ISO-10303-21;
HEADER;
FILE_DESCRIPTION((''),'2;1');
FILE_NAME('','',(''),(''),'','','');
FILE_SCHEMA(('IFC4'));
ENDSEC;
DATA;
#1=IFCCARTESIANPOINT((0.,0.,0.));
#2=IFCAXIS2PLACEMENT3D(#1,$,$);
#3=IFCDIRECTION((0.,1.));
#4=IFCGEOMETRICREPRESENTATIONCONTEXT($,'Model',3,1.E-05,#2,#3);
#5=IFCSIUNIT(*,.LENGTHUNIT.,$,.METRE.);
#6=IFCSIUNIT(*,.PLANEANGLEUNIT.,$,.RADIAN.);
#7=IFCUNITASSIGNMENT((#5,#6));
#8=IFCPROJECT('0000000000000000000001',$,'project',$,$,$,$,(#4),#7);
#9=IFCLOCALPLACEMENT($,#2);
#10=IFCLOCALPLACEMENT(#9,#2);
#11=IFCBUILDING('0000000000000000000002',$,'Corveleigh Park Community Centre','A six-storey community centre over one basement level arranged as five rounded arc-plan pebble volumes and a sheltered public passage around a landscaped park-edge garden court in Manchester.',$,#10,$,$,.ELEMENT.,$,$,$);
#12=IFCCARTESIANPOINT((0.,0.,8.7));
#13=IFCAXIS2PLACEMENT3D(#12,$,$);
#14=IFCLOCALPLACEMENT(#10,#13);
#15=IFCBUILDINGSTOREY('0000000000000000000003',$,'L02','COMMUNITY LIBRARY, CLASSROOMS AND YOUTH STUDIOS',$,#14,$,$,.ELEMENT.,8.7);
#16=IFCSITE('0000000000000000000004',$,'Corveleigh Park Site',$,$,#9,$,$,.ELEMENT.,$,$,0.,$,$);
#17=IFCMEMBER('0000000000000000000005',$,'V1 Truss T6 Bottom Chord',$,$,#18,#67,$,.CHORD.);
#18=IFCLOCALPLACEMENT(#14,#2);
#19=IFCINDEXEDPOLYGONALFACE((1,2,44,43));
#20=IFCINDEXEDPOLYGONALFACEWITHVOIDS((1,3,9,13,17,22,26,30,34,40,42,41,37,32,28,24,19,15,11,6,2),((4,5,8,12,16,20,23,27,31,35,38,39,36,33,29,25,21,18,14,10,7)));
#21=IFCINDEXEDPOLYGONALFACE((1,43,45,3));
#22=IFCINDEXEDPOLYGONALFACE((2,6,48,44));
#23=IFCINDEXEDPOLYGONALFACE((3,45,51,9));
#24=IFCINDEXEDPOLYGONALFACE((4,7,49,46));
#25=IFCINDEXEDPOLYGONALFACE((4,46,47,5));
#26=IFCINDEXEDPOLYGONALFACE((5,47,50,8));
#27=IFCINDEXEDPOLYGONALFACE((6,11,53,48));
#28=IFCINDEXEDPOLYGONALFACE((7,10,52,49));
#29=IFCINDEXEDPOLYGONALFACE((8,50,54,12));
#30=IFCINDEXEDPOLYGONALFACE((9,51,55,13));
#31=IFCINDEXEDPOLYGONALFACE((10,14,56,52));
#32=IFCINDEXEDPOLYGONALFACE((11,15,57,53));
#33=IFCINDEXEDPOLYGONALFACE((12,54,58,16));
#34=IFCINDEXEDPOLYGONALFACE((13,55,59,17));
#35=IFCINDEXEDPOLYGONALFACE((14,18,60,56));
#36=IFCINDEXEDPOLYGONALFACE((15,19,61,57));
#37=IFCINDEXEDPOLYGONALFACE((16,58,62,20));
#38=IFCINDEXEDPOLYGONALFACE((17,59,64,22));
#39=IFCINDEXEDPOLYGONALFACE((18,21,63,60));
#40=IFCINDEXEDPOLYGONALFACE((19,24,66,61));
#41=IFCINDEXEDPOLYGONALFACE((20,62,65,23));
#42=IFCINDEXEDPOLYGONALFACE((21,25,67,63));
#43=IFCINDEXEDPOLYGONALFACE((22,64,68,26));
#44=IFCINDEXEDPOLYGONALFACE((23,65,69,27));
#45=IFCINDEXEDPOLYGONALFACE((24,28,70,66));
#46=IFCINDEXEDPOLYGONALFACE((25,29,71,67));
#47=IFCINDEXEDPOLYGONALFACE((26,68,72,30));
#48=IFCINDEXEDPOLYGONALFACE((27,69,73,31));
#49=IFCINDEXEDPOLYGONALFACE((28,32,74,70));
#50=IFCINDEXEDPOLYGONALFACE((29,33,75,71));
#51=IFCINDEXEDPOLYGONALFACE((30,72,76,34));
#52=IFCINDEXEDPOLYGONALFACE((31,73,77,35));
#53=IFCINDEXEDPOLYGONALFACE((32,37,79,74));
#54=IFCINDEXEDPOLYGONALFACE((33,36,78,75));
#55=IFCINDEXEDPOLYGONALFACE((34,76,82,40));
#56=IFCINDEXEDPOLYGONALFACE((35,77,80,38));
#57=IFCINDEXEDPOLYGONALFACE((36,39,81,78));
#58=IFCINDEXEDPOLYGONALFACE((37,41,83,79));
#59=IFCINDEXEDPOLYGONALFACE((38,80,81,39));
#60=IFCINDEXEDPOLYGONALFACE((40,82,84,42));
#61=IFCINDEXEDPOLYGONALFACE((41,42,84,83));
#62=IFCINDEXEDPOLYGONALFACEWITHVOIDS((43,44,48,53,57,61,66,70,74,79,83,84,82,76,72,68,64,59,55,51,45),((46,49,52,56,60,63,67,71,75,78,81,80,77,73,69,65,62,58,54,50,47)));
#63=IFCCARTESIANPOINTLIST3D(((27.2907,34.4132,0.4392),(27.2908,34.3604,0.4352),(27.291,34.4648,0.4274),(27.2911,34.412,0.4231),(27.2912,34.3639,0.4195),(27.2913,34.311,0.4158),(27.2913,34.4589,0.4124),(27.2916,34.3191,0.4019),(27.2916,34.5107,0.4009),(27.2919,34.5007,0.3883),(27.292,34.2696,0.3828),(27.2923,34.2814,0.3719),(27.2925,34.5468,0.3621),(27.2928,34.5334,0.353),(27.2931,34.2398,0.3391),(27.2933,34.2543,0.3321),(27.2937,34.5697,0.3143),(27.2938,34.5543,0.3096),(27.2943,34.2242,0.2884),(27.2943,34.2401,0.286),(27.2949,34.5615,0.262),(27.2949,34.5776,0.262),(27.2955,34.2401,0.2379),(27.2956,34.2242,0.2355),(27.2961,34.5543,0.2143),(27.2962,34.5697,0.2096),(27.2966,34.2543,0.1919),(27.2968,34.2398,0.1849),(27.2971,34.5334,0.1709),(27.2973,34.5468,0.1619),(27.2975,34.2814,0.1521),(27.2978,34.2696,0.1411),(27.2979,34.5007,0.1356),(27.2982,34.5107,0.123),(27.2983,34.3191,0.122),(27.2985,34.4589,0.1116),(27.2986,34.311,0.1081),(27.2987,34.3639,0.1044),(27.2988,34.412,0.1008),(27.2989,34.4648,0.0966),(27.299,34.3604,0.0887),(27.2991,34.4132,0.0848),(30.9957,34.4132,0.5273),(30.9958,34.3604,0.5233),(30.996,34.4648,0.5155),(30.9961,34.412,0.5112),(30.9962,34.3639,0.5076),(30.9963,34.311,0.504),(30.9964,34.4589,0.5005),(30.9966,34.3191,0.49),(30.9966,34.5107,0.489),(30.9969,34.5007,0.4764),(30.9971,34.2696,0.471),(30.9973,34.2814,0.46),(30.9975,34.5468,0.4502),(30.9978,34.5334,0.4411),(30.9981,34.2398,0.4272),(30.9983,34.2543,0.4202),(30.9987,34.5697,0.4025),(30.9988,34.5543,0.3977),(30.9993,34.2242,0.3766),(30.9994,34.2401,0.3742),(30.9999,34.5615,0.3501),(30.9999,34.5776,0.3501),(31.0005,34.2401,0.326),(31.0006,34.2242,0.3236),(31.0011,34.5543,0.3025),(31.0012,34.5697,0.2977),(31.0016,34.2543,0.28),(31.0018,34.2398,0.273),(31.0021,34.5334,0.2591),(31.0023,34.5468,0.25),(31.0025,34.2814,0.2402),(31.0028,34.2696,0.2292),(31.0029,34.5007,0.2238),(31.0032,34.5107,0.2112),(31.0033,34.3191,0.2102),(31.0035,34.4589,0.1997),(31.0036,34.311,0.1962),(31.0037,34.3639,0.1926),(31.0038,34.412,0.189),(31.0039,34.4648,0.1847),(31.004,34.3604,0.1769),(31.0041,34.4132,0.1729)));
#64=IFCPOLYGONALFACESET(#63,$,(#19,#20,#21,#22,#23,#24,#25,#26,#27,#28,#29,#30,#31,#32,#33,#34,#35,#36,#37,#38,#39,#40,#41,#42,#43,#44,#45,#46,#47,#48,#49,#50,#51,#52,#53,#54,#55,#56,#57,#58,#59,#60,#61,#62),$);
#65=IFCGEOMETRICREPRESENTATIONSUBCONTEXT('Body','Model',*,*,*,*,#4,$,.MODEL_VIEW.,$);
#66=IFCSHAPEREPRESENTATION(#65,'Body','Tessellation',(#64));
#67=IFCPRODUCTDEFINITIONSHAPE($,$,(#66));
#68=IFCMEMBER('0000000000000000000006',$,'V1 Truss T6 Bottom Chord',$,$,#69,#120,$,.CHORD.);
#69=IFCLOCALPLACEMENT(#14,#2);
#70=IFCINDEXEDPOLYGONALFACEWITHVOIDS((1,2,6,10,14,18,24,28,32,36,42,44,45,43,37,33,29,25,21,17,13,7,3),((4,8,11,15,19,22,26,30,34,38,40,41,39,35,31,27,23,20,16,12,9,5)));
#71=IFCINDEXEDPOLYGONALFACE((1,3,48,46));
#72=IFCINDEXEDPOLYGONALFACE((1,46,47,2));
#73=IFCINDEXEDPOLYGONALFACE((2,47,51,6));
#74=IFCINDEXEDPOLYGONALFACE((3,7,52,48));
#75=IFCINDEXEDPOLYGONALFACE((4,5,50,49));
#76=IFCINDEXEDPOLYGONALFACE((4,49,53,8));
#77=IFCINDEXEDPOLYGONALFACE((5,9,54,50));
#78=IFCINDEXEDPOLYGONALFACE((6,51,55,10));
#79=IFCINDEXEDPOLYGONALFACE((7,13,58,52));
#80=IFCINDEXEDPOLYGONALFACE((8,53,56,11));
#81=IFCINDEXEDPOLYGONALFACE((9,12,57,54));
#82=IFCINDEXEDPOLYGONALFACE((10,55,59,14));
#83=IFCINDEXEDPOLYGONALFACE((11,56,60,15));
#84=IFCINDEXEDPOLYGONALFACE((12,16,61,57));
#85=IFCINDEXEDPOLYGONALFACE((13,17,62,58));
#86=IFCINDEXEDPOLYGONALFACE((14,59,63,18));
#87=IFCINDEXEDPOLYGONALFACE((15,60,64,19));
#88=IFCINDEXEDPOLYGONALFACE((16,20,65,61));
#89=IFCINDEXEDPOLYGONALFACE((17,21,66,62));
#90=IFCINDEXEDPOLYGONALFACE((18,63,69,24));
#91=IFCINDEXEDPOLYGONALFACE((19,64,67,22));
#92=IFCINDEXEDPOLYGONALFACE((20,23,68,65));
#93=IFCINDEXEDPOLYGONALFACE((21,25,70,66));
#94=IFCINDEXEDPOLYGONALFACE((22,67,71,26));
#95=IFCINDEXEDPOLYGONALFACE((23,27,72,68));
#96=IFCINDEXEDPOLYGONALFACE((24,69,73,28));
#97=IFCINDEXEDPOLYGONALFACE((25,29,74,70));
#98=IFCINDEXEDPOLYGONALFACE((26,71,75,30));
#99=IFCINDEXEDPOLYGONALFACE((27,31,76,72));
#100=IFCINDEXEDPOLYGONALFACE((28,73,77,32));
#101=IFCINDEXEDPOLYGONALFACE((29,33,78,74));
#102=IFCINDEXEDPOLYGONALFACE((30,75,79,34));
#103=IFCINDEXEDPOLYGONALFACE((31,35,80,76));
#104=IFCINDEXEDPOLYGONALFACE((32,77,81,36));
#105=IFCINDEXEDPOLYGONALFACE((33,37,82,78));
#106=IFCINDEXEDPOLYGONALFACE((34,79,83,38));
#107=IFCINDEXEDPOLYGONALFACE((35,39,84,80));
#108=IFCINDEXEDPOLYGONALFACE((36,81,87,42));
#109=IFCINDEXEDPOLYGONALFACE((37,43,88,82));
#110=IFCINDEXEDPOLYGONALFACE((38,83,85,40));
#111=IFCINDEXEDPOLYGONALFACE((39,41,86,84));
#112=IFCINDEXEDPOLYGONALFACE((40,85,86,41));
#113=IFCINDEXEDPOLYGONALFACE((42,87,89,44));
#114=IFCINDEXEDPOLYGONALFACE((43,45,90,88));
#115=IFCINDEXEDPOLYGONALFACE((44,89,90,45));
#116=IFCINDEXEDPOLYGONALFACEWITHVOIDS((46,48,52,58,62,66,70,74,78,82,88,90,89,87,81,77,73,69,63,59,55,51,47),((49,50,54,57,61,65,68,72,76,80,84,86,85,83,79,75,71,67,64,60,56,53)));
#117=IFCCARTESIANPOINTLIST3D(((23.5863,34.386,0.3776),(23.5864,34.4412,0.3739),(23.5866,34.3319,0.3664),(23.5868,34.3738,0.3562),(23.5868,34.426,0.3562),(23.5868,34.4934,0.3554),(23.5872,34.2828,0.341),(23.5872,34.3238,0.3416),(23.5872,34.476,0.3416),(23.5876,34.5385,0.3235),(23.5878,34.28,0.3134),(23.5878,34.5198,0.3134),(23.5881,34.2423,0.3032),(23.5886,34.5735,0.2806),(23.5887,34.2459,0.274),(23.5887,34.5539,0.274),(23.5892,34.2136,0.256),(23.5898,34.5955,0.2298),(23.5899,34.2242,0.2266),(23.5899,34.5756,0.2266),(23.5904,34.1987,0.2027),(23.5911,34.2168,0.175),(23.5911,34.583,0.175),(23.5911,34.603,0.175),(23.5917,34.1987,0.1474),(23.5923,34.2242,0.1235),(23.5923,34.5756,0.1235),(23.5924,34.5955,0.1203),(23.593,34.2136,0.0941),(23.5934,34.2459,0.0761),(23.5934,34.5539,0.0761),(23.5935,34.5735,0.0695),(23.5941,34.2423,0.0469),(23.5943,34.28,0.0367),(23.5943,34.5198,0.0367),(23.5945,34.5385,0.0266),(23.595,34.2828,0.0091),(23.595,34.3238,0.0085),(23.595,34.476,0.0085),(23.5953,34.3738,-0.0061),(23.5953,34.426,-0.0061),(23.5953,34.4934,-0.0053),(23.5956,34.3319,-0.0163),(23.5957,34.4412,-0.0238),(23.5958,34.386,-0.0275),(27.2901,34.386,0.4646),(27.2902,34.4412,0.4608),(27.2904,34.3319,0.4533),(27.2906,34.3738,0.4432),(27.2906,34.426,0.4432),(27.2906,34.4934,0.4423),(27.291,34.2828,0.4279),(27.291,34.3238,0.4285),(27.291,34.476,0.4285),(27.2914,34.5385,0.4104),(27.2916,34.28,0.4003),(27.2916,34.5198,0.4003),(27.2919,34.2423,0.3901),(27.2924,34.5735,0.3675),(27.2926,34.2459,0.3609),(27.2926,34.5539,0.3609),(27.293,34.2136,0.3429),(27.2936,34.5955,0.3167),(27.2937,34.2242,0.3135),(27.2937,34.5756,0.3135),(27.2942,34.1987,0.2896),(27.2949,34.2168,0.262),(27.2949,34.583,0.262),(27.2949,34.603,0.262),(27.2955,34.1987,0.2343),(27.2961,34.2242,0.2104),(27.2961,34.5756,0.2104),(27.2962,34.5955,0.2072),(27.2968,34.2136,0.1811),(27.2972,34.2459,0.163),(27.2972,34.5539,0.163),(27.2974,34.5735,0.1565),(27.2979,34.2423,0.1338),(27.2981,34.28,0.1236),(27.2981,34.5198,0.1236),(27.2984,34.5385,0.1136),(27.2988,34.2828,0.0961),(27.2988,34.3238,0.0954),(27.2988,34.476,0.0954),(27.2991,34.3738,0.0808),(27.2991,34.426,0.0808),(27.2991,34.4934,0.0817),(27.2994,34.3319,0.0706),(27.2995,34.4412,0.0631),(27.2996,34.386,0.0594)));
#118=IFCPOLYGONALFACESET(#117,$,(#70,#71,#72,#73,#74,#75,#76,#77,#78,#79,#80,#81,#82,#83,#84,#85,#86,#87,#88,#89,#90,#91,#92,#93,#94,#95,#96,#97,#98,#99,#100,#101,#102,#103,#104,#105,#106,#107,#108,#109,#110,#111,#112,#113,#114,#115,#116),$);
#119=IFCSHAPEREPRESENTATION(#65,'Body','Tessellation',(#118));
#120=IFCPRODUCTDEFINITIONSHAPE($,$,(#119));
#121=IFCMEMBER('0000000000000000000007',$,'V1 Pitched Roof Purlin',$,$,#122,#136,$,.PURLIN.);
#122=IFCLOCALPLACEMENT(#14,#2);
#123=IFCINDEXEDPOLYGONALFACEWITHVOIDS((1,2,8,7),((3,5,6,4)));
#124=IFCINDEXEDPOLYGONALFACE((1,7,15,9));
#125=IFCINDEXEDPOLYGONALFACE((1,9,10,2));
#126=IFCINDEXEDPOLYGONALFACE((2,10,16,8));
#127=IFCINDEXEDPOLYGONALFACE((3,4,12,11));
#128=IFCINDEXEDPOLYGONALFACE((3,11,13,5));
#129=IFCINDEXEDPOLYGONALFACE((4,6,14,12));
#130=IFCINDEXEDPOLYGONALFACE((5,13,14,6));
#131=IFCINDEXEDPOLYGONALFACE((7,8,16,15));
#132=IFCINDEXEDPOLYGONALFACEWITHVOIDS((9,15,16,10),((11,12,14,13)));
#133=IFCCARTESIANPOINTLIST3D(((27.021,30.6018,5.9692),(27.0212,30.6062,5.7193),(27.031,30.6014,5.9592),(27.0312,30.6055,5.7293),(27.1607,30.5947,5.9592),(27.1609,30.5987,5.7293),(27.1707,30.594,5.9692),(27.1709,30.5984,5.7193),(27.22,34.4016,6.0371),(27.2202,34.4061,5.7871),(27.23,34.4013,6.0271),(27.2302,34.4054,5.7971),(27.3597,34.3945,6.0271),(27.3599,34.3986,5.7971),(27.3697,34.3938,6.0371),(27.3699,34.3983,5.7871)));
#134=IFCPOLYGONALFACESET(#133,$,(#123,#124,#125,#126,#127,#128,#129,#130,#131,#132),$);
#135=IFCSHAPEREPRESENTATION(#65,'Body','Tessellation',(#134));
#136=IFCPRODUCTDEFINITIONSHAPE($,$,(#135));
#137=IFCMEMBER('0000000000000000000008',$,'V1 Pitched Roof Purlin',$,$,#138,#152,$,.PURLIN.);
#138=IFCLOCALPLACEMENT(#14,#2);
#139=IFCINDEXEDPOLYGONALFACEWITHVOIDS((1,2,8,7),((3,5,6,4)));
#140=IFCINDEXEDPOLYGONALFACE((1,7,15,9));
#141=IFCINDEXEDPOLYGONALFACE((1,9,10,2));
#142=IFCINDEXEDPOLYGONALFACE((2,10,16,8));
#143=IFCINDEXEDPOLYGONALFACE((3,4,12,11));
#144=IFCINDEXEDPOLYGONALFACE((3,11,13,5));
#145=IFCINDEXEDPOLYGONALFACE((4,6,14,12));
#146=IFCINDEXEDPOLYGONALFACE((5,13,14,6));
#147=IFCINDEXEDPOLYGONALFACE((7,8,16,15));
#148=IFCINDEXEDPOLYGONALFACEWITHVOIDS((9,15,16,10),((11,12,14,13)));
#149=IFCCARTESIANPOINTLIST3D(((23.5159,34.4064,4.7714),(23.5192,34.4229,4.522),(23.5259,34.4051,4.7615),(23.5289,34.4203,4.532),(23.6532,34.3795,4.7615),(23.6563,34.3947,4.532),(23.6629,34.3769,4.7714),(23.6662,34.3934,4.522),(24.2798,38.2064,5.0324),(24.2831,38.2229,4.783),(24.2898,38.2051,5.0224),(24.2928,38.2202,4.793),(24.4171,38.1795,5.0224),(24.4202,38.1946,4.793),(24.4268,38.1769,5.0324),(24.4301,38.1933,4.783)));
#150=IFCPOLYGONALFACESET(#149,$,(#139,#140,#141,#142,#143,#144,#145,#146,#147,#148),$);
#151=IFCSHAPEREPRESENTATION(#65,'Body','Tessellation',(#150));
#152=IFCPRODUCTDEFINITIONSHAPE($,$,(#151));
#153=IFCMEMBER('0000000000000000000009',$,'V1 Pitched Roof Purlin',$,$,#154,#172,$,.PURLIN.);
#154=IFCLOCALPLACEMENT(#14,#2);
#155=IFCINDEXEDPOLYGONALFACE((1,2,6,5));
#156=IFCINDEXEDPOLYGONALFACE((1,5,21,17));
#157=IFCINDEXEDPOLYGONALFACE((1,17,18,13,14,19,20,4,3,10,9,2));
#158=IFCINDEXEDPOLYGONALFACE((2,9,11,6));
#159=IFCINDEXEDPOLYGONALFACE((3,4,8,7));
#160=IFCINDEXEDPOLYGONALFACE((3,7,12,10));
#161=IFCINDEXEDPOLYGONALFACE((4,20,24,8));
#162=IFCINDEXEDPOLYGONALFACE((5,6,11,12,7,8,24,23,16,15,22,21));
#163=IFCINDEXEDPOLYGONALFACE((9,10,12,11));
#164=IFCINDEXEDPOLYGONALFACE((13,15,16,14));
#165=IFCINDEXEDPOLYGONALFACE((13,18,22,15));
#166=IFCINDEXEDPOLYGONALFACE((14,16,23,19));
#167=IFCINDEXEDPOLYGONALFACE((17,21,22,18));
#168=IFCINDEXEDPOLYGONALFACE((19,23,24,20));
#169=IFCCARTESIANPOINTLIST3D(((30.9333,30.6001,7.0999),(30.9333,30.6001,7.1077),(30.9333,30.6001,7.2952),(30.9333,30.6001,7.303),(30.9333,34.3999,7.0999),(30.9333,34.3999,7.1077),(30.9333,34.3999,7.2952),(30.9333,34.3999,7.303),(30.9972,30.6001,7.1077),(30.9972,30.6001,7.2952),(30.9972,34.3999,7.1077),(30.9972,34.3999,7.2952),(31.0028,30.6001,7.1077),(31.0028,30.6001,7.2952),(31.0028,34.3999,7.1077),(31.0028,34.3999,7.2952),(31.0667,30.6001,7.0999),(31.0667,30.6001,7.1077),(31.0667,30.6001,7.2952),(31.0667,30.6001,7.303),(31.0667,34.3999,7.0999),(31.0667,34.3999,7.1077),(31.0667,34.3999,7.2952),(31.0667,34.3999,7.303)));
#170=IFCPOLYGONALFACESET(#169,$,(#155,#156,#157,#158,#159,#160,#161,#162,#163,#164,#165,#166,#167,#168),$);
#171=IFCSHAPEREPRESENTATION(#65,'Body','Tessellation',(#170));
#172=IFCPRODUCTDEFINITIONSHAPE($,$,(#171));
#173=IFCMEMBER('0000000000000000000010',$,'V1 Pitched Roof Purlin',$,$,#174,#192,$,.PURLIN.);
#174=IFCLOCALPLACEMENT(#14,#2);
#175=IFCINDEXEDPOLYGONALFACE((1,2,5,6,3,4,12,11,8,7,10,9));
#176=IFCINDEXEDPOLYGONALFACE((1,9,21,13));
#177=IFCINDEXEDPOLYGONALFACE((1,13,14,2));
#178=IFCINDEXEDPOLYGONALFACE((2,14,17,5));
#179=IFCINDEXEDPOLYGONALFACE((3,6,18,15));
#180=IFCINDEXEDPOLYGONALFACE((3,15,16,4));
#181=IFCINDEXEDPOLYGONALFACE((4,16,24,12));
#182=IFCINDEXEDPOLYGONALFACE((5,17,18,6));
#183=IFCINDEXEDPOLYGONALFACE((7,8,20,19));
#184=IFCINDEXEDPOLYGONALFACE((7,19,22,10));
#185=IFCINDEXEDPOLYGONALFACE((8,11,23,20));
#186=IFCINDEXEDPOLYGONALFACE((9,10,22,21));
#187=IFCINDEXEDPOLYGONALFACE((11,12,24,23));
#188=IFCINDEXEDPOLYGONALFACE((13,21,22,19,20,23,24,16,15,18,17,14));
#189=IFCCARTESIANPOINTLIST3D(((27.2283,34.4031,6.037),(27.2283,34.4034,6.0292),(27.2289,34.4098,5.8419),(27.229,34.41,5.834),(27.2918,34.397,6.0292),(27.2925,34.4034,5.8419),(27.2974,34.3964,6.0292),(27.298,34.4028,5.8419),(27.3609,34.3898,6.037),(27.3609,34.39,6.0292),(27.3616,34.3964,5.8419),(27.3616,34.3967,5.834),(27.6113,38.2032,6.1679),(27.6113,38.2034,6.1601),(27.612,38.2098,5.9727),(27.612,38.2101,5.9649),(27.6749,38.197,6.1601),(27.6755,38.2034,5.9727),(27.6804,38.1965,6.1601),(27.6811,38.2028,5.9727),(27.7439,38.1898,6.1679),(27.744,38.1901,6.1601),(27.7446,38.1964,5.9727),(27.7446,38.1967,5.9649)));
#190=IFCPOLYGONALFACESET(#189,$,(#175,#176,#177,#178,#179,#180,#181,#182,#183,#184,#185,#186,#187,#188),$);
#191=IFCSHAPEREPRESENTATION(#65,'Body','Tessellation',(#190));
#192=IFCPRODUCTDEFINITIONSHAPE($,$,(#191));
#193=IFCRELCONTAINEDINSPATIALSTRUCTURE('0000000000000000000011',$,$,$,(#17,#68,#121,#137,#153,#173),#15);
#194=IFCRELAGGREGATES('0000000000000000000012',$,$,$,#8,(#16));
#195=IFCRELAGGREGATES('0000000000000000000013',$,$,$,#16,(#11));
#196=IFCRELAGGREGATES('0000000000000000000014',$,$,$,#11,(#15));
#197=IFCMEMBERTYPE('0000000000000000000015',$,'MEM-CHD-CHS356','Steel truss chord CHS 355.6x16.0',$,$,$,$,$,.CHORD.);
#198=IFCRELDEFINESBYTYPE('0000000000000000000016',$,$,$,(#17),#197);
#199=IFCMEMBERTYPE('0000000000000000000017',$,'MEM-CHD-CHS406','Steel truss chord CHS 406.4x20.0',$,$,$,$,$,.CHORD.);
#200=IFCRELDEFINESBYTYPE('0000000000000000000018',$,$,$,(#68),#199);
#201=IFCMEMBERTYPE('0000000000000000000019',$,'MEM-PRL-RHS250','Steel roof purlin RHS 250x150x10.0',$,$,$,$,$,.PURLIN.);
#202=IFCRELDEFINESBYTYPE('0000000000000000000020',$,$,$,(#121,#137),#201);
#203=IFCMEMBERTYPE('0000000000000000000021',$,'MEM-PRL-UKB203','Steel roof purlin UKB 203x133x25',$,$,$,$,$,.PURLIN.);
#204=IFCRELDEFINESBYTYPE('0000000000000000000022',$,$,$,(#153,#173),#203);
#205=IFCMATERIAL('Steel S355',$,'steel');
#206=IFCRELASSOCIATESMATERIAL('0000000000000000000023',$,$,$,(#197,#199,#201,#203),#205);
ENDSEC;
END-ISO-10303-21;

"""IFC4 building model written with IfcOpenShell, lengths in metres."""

from ifc_helpers import new_model, si_unit, direction, frame, origin, origin_2d, place, context, subcontext, project, spatial, hollow_rectangle, hollow_circle, i_section, extrude, material, material_profile, profile_set, type_object, element, save


model = new_model("IFC4")

# Units and contexts
model_context = context("Model", 3, precision=1e-05, world=origin(), true_north=direction((0.0, 1.0)))
body_context = subcontext(model_context, "Body", "Model", "MODEL_VIEW")
ifc_project = project(units=[si_unit("LENGTHUNIT", "METRE"), si_unit("PLANEANGLEUNIT", "RADIAN")], contexts=[model_context])

# Site, building, storey
site_placement = place(None, origin())
site = spatial("IfcSite", under=ifc_project, at=site_placement, Name="Corveleigh Park Site", CompositionType="ELEMENT", RefElevation=0.0)
building_placement = place(site_placement, origin())
building = spatial("IfcBuilding", under=site, at=building_placement, Name="Corveleigh Park Community Centre", Description="A six-storey community centre over one basement level arranged as five rounded arc-plan pebble volumes and a sheltered public passage around a landscaped park-edge garden court in Manchester.", CompositionType="ELEMENT")
storey_placement = place(building_placement, frame((0.0, 0.0, 8.7)))
storey = spatial("IfcBuildingStorey", under=building, at=storey_placement, Name="L02", Description="COMMUNITY LIBRARY, CLASSROOMS AND YOUTH STUDIOS", CompositionType="ELEMENT", Elevation=8.7)

# Shared definitions
ifc_material_1 = material(Name="Steel S355", Category="steel")

# Members
ifc_material_profile_1 = material_profile(ifc_material_1, hollow_circle(Radius=0.1777, WallThickness=0.0161, at=origin_2d()), Name="CHS 355.6x16.0", Category="steel")
ifc_profile_set_1 = profile_set([ifc_material_profile_1], Name="Steel S355")
member_type_1 = type_object("IfcMemberType", Name="MEM-CHD-CHS356", Description="Steel truss chord CHS 355.6x16.0", PredefinedType="CHORD", material=ifc_profile_set_1)
member_1_placement = place(storey_placement, frame((27.2949, 34.3999, 0.262), z_axis=(0.999717, 0.0, 0.023781), x_axis=(0.0, 1.0, 0.0)))
element("IfcMember", 1, at=member_1_placement, inside=storey, type_object=member_type_1, Name="V1 Truss T6 Bottom Chord", PredefinedType="CHORD", context=body_context, shape_type="SweptSolid", body=[
    extrude(hollow_circle(Radius=0.1777, WallThickness=0.0161, at=origin_2d()), origin(), (0.0, 0.0, 1.0), 3.7061),
])
ifc_material_profile_2 = material_profile(ifc_material_1, hollow_circle(Radius=0.2031, WallThickness=0.02, at=origin_2d()), Name="CHS 406.4x20.0", Category="steel")
ifc_profile_set_2 = profile_set([ifc_material_profile_2], Name="Steel S355")
member_type_2 = type_object("IfcMemberType", Name="MEM-CHD-CHS406", Description="Steel truss chord CHS 406.4x20.0", PredefinedType="CHORD", material=ifc_profile_set_2)
member_2_placement = place(storey_placement, frame((23.5911, 34.3999, 0.175), z_axis=(0.999725, 0.0, 0.023459), x_axis=(0.0, 1.0, 0.0)))
element("IfcMember", 2, at=member_2_placement, inside=storey, type_object=member_type_2, Name="V1 Truss T6 Bottom Chord", PredefinedType="CHORD", context=body_context, shape_type="SweptSolid", body=[
    extrude(hollow_circle(Radius=0.2031, WallThickness=0.02, at=origin_2d()), origin(), (0.0, 0.0, 1.0), 3.7048),
])
ifc_material_profile_3 = material_profile(ifc_material_1, hollow_rectangle(XDim=0.1499, YDim=0.25, WallThickness=0.01, at=origin_2d()), Name="RHS 250x150x10.0", Category="steel")
ifc_profile_set_3 = profile_set([ifc_material_profile_3], Name="Steel S355")
member_type_3 = type_object("IfcMemberType", Name="MEM-PRL-RHS250", Description="Steel roof purlin RHS 250x150x10.0", PredefinedType="PURLIN", material=ifc_profile_set_3)
member_3_placement = place(storey_placement, frame((27.0959, 30.6001, 5.8442), z_axis=(0.052284, 0.998473, 0.017834), x_axis=(-0.998632, 0.052293, 0.0)))
element("IfcMember", 3, at=member_3_placement, inside=storey, type_object=member_type_3, Name="V1 Pitched Roof Purlin", PredefinedType="PURLIN", context=body_context, shape_type="SweptSolid", body=[
    extrude(hollow_rectangle(XDim=0.1499, YDim=0.25, WallThickness=0.01, at=origin_2d()), origin(), (0.0, 0.0, 1.0), 3.8057),
])
member_4_placement = place(storey_placement, frame((23.5911, 34.3999, 4.6467), z_axis=(0.19664, 0.978172, 0.067181), x_axis=(-0.980386, 0.197085, 0.0)))
element("IfcMember", 4, at=member_4_placement, inside=storey, type_object=member_type_3, Name="V1 Pitched Roof Purlin", PredefinedType="PURLIN", context=body_context, shape_type="SweptSolid", body=[
    extrude(hollow_rectangle(XDim=0.1499, YDim=0.25, WallThickness=0.01, at=origin_2d()), origin(), (0.0, 0.0, 1.0), 3.8848),
])
ifc_material_profile_4 = material_profile(ifc_material_1, i_section(OverallWidth=0.1333, OverallDepth=0.2031, WebThickness=0.0056, FlangeThickness=0.0078, at=origin_2d()), Name="UKB 203x133x25", Category="steel")
ifc_profile_set_4 = profile_set([ifc_material_profile_4], Name="Steel S355")
member_type_4 = type_object("IfcMemberType", Name="MEM-PRL-UKB203", Description="Steel roof purlin UKB 203x133x25", PredefinedType="PURLIN", material=ifc_profile_set_4)
member_5_placement = place(storey_placement, frame((31.0, 30.6001, 7.2014), z_axis=(0.0, 1.0, 0.0), x_axis=(-1.0, 0.0, 0.0)))
element("IfcMember", 5, at=member_5_placement, inside=storey, type_object=member_type_4, Name="V1 Pitched Roof Purlin", PredefinedType="PURLIN", context=body_context, shape_type="SweptSolid", body=[
    extrude(i_section(OverallWidth=0.1333, OverallDepth=0.2031, WebThickness=0.0056, FlangeThickness=0.0078, at=origin_2d()), origin(), (0.0, 0.0, 1.0), 3.7998),
])
member_6_placement = place(storey_placement, frame((27.2949, 34.3999, 5.9355), z_axis=(0.100236, 0.994374, 0.034243), x_axis=(-0.994958, 0.100295, 0.0)))
element("IfcMember", 6, at=member_6_placement, inside=storey, type_object=member_type_4, Name="V1 Pitched Roof Purlin", PredefinedType="PURLIN", context=body_context, shape_type="SweptSolid", body=[
    extrude(i_section(OverallWidth=0.1333, OverallDepth=0.2031, WebThickness=0.0056, FlangeThickness=0.0078, at=origin_2d()), origin(), (0.0, 0.0, 1.0), 3.8215),
])

save(model, "model.ifc")
